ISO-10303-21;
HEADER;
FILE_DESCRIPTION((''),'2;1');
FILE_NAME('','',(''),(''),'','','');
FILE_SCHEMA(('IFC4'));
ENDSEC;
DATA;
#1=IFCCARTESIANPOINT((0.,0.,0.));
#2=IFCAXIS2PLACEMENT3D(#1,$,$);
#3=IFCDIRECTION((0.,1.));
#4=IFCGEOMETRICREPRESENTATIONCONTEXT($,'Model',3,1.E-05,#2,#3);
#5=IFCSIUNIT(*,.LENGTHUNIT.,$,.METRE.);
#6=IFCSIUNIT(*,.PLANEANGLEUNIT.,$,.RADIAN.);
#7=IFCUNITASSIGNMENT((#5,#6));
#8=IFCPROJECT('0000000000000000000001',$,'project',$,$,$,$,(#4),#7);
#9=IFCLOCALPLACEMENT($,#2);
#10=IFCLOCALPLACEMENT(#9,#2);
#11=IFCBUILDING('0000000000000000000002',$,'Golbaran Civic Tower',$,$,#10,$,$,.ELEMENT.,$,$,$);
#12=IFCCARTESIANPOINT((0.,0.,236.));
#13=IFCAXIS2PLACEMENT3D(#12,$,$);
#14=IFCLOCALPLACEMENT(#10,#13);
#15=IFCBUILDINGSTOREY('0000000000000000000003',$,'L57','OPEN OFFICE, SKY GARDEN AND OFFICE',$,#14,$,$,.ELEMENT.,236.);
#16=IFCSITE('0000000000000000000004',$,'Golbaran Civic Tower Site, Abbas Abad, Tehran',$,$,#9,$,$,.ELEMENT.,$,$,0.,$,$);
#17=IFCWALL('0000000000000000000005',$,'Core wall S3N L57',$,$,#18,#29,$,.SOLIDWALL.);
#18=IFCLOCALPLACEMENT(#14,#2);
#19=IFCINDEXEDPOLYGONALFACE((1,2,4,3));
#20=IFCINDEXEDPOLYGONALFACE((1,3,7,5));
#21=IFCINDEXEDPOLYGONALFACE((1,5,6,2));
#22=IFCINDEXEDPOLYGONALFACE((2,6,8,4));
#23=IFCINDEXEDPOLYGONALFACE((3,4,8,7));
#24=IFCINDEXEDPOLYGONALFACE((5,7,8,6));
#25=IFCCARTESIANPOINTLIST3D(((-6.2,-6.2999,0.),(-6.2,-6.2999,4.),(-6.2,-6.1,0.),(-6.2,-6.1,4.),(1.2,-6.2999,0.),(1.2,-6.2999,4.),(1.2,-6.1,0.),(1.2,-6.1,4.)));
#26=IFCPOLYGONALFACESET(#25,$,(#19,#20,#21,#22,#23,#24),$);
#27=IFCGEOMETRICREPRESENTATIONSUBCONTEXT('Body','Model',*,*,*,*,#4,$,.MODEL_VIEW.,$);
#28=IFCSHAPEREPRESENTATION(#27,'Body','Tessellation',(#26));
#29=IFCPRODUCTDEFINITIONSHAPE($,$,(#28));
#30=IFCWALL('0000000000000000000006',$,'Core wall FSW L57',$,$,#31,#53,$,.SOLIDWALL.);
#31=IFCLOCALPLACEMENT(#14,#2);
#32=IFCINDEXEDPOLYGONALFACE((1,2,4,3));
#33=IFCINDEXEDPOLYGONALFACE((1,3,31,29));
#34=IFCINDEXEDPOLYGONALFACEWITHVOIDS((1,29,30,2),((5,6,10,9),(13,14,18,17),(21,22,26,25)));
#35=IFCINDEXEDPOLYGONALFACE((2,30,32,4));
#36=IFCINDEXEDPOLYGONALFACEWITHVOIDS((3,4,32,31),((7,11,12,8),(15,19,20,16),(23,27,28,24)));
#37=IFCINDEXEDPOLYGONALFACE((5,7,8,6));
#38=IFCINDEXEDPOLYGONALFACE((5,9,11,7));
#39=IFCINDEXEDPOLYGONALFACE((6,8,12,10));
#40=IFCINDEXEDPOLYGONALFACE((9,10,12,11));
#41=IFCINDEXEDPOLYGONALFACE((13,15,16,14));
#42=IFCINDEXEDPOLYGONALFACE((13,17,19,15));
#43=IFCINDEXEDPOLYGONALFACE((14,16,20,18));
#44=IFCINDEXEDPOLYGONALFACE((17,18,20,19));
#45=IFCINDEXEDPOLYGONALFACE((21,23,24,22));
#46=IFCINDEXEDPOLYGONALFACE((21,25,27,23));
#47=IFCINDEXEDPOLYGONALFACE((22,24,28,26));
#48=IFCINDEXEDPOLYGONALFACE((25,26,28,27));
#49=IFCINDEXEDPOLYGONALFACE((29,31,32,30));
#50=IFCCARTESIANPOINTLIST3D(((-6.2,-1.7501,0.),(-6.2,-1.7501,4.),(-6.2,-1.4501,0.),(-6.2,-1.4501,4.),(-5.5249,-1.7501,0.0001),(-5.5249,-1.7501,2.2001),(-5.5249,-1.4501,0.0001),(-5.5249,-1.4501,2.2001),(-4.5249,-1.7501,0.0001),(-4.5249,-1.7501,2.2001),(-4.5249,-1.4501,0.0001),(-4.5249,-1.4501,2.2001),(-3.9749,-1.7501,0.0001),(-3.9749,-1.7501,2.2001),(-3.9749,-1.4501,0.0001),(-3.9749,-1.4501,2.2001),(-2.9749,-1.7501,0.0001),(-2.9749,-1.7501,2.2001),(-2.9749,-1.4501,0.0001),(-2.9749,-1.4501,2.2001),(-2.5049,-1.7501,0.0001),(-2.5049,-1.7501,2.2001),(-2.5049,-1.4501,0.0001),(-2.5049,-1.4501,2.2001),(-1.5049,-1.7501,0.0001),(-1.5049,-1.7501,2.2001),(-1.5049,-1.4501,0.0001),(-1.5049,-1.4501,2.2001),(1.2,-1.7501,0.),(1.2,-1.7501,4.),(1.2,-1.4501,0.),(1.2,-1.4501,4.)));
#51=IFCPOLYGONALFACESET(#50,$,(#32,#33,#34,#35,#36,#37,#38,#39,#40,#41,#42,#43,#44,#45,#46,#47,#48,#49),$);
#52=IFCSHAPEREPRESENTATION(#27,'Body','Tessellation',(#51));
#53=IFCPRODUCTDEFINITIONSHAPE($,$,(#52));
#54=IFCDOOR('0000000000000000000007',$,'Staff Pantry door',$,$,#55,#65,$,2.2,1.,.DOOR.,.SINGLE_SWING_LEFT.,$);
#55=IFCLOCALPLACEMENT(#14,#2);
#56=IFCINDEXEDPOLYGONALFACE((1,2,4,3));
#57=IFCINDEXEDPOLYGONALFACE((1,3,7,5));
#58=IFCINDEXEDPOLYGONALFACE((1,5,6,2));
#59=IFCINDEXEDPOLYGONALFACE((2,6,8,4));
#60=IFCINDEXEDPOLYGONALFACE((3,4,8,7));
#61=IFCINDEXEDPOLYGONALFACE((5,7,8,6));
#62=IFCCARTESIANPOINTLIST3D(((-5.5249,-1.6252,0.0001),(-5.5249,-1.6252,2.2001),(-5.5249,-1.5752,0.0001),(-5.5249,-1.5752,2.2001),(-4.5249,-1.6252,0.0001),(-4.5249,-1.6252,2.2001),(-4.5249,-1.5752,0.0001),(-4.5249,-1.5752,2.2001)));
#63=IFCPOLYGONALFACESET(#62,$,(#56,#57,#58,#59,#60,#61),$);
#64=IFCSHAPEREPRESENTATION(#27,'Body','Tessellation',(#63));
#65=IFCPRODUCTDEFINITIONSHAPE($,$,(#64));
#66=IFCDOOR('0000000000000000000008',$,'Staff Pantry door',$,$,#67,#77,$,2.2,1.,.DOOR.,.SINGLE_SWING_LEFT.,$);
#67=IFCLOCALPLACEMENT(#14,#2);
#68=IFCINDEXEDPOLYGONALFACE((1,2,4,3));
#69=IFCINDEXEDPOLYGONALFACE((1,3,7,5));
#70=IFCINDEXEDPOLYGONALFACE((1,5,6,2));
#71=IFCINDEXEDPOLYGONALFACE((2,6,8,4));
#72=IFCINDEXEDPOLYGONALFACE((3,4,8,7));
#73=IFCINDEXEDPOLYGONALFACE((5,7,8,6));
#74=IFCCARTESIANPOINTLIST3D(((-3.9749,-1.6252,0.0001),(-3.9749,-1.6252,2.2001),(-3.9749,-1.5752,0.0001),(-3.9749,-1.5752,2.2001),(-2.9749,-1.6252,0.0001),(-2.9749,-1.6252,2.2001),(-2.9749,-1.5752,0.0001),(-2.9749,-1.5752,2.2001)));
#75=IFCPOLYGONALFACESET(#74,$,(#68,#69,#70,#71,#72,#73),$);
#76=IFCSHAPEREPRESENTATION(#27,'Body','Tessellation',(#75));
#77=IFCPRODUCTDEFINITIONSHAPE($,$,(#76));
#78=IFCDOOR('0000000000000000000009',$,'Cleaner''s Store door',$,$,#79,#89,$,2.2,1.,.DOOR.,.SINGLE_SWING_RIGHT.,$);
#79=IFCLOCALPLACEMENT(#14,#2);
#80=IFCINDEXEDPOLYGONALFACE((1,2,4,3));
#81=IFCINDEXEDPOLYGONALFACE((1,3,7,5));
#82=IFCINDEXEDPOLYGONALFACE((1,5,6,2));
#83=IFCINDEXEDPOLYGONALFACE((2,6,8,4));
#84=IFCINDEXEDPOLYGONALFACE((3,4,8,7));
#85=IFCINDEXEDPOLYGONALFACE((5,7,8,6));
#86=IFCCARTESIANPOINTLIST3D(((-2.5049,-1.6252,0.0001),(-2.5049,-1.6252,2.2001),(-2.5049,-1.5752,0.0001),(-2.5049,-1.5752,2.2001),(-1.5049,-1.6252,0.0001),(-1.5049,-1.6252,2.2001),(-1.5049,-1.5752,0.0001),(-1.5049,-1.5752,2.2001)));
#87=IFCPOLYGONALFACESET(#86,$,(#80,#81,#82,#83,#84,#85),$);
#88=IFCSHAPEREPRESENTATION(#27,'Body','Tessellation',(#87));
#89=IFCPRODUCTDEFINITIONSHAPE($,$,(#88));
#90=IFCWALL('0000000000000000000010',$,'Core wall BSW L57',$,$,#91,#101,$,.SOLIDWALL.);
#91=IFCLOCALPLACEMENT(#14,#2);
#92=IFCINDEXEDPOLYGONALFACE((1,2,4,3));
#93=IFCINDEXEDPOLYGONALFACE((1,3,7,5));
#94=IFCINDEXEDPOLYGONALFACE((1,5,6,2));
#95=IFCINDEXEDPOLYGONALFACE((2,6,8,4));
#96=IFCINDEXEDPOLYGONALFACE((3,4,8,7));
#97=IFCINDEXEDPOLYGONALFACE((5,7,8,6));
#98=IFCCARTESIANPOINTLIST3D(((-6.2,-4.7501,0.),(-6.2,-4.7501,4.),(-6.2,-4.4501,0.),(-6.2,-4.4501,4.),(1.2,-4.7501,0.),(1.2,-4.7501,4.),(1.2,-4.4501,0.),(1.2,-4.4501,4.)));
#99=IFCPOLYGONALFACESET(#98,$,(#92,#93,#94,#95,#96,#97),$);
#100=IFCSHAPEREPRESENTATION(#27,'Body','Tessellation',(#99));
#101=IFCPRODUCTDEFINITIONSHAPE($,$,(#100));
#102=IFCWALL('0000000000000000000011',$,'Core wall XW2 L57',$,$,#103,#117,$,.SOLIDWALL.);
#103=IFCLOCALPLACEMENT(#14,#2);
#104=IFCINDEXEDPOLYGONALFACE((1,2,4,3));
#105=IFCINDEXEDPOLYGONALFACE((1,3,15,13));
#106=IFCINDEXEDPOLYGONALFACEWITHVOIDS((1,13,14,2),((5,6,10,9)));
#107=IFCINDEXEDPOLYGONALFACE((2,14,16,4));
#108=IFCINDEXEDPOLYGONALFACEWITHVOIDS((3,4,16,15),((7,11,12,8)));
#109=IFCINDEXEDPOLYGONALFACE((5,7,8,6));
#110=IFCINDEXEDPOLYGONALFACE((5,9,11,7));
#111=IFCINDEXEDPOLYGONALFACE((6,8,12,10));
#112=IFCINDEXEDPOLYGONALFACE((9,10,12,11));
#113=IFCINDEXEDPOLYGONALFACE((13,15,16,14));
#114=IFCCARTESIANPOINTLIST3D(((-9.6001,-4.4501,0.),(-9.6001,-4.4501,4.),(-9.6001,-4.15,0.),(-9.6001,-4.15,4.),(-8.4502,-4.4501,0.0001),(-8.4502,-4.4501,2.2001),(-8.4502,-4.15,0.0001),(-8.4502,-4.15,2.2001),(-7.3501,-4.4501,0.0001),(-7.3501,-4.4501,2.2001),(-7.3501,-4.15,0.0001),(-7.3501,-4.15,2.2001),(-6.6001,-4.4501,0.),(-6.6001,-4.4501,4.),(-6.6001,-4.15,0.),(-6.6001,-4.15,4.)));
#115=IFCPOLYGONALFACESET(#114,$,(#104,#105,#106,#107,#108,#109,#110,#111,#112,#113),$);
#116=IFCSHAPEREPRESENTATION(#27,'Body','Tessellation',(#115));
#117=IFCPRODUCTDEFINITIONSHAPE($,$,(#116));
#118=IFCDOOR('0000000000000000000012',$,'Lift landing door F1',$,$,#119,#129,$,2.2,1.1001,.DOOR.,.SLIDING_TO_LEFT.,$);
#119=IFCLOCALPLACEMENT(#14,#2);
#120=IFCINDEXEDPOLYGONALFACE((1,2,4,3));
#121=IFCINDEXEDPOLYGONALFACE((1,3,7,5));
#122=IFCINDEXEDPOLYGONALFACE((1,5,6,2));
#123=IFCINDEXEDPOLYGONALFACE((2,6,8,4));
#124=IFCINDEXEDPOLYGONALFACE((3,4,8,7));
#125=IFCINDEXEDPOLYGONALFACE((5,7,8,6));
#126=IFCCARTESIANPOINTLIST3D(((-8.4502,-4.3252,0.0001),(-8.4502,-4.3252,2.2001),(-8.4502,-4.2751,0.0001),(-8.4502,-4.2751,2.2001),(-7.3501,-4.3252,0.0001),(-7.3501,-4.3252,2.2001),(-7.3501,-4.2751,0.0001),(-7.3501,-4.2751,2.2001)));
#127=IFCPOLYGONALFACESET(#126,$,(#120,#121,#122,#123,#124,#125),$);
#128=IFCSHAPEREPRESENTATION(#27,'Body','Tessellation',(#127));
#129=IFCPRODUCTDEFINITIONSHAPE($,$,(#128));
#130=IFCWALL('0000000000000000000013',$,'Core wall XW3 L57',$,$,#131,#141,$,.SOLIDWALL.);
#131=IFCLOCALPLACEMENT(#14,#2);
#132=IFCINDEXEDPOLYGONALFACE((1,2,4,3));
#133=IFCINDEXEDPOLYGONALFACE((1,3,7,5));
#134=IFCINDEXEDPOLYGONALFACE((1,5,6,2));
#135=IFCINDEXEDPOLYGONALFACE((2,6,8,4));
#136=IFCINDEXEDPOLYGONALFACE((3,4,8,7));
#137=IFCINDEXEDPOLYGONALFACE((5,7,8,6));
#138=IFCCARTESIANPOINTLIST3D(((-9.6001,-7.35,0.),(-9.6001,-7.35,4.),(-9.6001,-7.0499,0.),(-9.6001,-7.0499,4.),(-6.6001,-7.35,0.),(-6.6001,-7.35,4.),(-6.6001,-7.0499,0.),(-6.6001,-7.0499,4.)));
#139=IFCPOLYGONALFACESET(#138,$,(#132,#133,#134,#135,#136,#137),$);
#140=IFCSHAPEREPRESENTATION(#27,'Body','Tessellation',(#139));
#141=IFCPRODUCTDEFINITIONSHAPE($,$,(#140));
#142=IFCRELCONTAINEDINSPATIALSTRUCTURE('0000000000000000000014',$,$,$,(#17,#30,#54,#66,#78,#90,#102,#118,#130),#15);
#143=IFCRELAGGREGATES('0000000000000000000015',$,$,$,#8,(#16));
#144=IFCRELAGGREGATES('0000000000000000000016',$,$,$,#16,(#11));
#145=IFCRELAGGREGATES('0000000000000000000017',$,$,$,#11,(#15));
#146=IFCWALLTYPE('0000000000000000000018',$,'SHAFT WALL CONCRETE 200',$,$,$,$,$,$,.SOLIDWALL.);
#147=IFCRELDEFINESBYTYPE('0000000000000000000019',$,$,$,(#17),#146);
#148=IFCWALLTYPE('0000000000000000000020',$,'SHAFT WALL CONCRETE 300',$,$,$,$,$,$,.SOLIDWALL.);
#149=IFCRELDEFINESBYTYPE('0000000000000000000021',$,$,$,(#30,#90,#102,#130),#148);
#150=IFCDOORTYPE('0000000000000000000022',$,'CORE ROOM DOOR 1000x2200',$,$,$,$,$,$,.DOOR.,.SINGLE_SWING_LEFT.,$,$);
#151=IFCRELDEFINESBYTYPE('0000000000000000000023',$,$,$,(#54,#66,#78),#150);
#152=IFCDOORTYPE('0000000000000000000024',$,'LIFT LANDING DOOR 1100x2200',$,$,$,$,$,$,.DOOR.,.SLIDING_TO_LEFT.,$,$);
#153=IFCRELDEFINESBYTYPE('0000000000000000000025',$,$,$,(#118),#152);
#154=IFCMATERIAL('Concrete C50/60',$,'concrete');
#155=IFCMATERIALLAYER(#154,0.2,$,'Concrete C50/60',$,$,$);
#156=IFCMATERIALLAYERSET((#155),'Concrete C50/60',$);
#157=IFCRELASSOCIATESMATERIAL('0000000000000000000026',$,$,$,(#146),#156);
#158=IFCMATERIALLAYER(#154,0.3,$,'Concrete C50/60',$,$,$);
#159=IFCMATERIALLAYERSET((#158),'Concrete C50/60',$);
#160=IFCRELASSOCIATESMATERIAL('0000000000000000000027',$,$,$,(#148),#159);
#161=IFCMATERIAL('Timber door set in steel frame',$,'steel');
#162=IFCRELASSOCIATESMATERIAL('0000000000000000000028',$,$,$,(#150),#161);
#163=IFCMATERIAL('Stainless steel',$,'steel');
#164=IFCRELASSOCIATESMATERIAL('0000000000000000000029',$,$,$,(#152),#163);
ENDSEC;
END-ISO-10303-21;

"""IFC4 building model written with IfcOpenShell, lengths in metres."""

from ifc_helpers import new_model, si_unit, direction, frame, frame_2d, origin, place, context, subcontext, project, spatial, rectangle, extrude, material, layer, layer_set, type_object, element, fill, save


model = new_model("IFC4")

# Units and contexts
model_context = context("Model", 3, precision=1e-05, world=origin(), true_north=direction((0.0, 1.0)))
body_context = subcontext(model_context, "Body", "Model", "MODEL_VIEW")
ifc_project = project(units=[si_unit("LENGTHUNIT", "METRE"), si_unit("PLANEANGLEUNIT", "RADIAN")], contexts=[model_context])

# Site, building, storey
site_placement = place(None, origin())
site = spatial("IfcSite", under=ifc_project, at=site_placement, Name="Golbaran Civic Tower Site, Abbas Abad, Tehran", CompositionType="ELEMENT", RefElevation=0.0)
building_placement = place(site_placement, origin())
building = spatial("IfcBuilding", under=site, at=building_placement, Name="Golbaran Civic Tower", CompositionType="ELEMENT")
storey_placement = place(building_placement, frame((0.0, 0.0, 236.0)))
storey = spatial("IfcBuildingStorey", under=building, at=storey_placement, Name="L57", Description="OPEN OFFICE, SKY GARDEN AND OFFICE", CompositionType="ELEMENT", Elevation=236.0)

# Shared definitions
ifc_material_1 = material(Name="Concrete C50/60", Category="concrete")
ifc_material_2 = material(Name="Timber door set in steel frame", Category="steel")

# Wall
ifc_layer_1 = layer(ifc_material_1, 0.2, Name="Concrete C50/60")
ifc_layer_set_1 = layer_set([ifc_layer_1], Name="Concrete C50/60")
wall_type_1 = type_object("IfcWallType", Name="SHAFT WALL CONCRETE 200", PredefinedType="SOLIDWALL", material=ifc_layer_set_1)
wall_1_placement = place(storey_placement, frame((-6.2, -6.2, 0.0), z_axis=(0.0, 0.0, 1.0), x_axis=(1.0, 0.0, 0.0)))
element("IfcWall", 1, at=wall_1_placement, inside=storey, type_object=wall_type_1, Name="Core wall S3N L57", PredefinedType="SOLIDWALL", context=body_context, shape_type="SweptSolid", body=[
    extrude(rectangle(XDim=7.3999, YDim=0.2, at=frame_2d((3.7, 0.0))), origin(), (0.0, 0.0, 1.0), 4.0),
])

# Wall, openings, doors
ifc_layer_2 = layer(ifc_material_1, 0.3, Name="Concrete C50/60")
ifc_layer_set_2 = layer_set([ifc_layer_2], Name="Concrete C50/60")
wall_type_2 = type_object("IfcWallType", Name="SHAFT WALL CONCRETE 300", PredefinedType="SOLIDWALL", material=ifc_layer_set_2)
wall_2_placement = place(storey_placement, frame((-6.2, -1.6001, 0.0), z_axis=(0.0, 0.0, 1.0), x_axis=(1.0, 0.0, 0.0)))
wall_2 = element("IfcWall", 2, at=wall_2_placement, inside=storey, type_object=wall_type_2, Name="Core wall FSW L57", PredefinedType="SOLIDWALL", context=body_context, shape_type="SweptSolid", body=[
    extrude(rectangle(XDim=7.3999, YDim=0.3, at=frame_2d((3.7, 0.0))), origin(), (0.0, 0.0, 1.0), 4.0),
])
opening_1_placement = place(wall_2_placement, frame((0.675, 0.0, 0.0)))
opening_1 = element("IfcOpeningElement", 3, at=opening_1_placement, cuts=wall_2, PredefinedType="OPENING", context=body_context, shape_type="SweptSolid", body=[
    extrude(rectangle(XDim=1.0, YDim=2.2, at=frame_2d((0.5, 1.1001))), frame((0.0, 0.1599, 0.0), z_axis=(0.0, -1.0, 0.0), x_axis=(1.0, 0.0, 0.0)), (0.0, 0.0, 1.0), 0.3201),
])
opening_2_placement = place(wall_2_placement, frame((2.2251, 0.0, 0.0)))
opening_2 = element("IfcOpeningElement", 4, at=opening_2_placement, cuts=wall_2, PredefinedType="OPENING", context=body_context, shape_type="SweptSolid", body=[
    extrude(rectangle(XDim=1.0, YDim=2.2, at=frame_2d((0.5, 1.1001))), frame((0.0, 0.1599, 0.0), z_axis=(0.0, -1.0, 0.0), x_axis=(1.0, 0.0, 0.0)), (0.0, 0.0, 1.0), 0.3201),
])
opening_3_placement = place(wall_2_placement, frame((3.6951, 0.0, 0.0)))
opening_3 = element("IfcOpeningElement", 5, at=opening_3_placement, cuts=wall_2, PredefinedType="OPENING", context=body_context, shape_type="SweptSolid", body=[
    extrude(rectangle(XDim=1.0, YDim=2.2, at=frame_2d((0.5, 1.1001))), frame((0.0, 0.1599, 0.0), z_axis=(0.0, -1.0, 0.0), x_axis=(1.0, 0.0, 0.0)), (0.0, 0.0, 1.0), 0.3201),
])
door_type_1 = type_object("IfcDoorType", Name="CORE ROOM DOOR 1000x2200", OperationType="SINGLE_SWING_LEFT", PredefinedType="DOOR", material=ifc_material_2)
door_1_placement = place(opening_1_placement, origin())
door_1 = element("IfcDoor", 6, at=door_1_placement, inside=storey, type_object=door_type_1, Name="Staff Pantry door", OperationType="SINGLE_SWING_LEFT", OverallHeight=2.2, OverallWidth=1.0, PredefinedType="DOOR", context=body_context, shape_type="SweptSolid", body=[
    extrude(rectangle(XDim=1.0, YDim=2.2, at=frame_2d((0.5, 1.1001))), frame((0.0, 0.0249, 0.0), z_axis=(0.0, -1.0, 0.0), x_axis=(1.0, 0.0, 0.0)), (0.0, 0.0, 1.0), 0.05),
])
fill(opening_1, door_1)
door_2_placement = place(opening_2_placement, origin())
door_2 = element("IfcDoor", 7, at=door_2_placement, inside=storey, type_object=door_type_1, Name="Staff Pantry door", OperationType="SINGLE_SWING_LEFT", OverallHeight=2.2, OverallWidth=1.0, PredefinedType="DOOR", context=body_context, shape_type="SweptSolid", body=[
    extrude(rectangle(XDim=1.0, YDim=2.2, at=frame_2d((0.5, 1.1001))), frame((0.0, 0.0249, 0.0), z_axis=(0.0, -1.0, 0.0), x_axis=(1.0, 0.0, 0.0)), (0.0, 0.0, 1.0), 0.05),
])
fill(opening_2, door_2)
door_3_placement = place(opening_3_placement, origin())
door_3 = element("IfcDoor", 8, at=door_3_placement, inside=storey, type_object=door_type_1, Name="Cleaner's Store door", OperationType="SINGLE_SWING_RIGHT", OverallHeight=2.2, OverallWidth=1.0, PredefinedType="DOOR", context=body_context, shape_type="SweptSolid", body=[
    extrude(rectangle(XDim=1.0, YDim=2.2, at=frame_2d((0.5, 1.1001))), frame((0.0, 0.0249, 0.0), z_axis=(0.0, -1.0, 0.0), x_axis=(1.0, 0.0, 0.0)), (0.0, 0.0, 1.0), 0.05),
])
fill(opening_3, door_3)

# Wall
wall_3_placement = place(storey_placement, frame((-6.2, -4.6001, 0.0), z_axis=(0.0, 0.0, 1.0), x_axis=(1.0, 0.0, 0.0)))
element("IfcWall", 9, at=wall_3_placement, inside=storey, type_object=wall_type_2, Name="Core wall BSW L57", PredefinedType="SOLIDWALL", context=body_context, shape_type="SweptSolid", body=[
    extrude(rectangle(XDim=7.3999, YDim=0.3, at=frame_2d((3.7, 0.0))), origin(), (0.0, 0.0, 1.0), 4.0),
])

# Wall, opening, door
wall_4_placement = place(storey_placement, frame((-9.6001, -4.3, 0.0), z_axis=(0.0, 0.0, 1.0), x_axis=(1.0, 0.0, 0.0)))
wall_4 = element("IfcWall", 10, at=wall_4_placement, inside=storey, type_object=wall_type_2, Name="Core wall XW2 L57", PredefinedType="SOLIDWALL", context=body_context, shape_type="SweptSolid", body=[
    extrude(rectangle(XDim=3.0, YDim=0.3, at=frame_2d((1.5, 0.0))), origin(), (0.0, 0.0, 1.0), 4.0),
])
opening_4_placement = place(wall_4_placement, frame((1.1499, 0.0, 0.0)))
opening_4 = element("IfcOpeningElement", 11, at=opening_4_placement, cuts=wall_4, PredefinedType="OPENING", context=body_context, shape_type="SweptSolid", body=[
    extrude(rectangle(XDim=1.1001, YDim=2.2, at=frame_2d((0.55, 1.1001))), frame((0.0, 0.1599, 0.0), z_axis=(0.0, -1.0, 0.0), x_axis=(1.0, 0.0, 0.0)), (0.0, 0.0, 1.0), 0.3201),
])
ifc_material_3 = material(Name="Stainless steel", Category="steel")
door_type_2 = type_object("IfcDoorType", Name="LIFT LANDING DOOR 1100x2200", OperationType="SLIDING_TO_LEFT", PredefinedType="DOOR", material=ifc_material_3)
door_4_placement = place(opening_4_placement, origin())
door_4 = element("IfcDoor", 12, at=door_4_placement, inside=storey, type_object=door_type_2, Name="Lift landing door F1", OperationType="SLIDING_TO_LEFT", OverallHeight=2.2, OverallWidth=1.1001, PredefinedType="DOOR", context=body_context, shape_type="SweptSolid", body=[
    extrude(rectangle(XDim=1.1001, YDim=2.2, at=frame_2d((0.55, 1.1001))), frame((0.0, 0.0249, 0.0), z_axis=(0.0, -1.0, 0.0), x_axis=(1.0, 0.0, 0.0)), (0.0, 0.0, 1.0), 0.05),
])
fill(opening_4, door_4)

# Wall
wall_5_placement = place(storey_placement, frame((-9.6001, -7.2, 0.0), z_axis=(0.0, 0.0, 1.0), x_axis=(1.0, 0.0, 0.0)))
element("IfcWall", 13, at=wall_5_placement, inside=storey, type_object=wall_type_2, Name="Core wall XW3 L57", PredefinedType="SOLIDWALL", context=body_context, shape_type="SweptSolid", body=[
    extrude(rectangle(XDim=3.0, YDim=0.3, at=frame_2d((1.5, 0.0))), origin(), (0.0, 0.0, 1.0), 4.0),
])

save(model, "model.ifc")
